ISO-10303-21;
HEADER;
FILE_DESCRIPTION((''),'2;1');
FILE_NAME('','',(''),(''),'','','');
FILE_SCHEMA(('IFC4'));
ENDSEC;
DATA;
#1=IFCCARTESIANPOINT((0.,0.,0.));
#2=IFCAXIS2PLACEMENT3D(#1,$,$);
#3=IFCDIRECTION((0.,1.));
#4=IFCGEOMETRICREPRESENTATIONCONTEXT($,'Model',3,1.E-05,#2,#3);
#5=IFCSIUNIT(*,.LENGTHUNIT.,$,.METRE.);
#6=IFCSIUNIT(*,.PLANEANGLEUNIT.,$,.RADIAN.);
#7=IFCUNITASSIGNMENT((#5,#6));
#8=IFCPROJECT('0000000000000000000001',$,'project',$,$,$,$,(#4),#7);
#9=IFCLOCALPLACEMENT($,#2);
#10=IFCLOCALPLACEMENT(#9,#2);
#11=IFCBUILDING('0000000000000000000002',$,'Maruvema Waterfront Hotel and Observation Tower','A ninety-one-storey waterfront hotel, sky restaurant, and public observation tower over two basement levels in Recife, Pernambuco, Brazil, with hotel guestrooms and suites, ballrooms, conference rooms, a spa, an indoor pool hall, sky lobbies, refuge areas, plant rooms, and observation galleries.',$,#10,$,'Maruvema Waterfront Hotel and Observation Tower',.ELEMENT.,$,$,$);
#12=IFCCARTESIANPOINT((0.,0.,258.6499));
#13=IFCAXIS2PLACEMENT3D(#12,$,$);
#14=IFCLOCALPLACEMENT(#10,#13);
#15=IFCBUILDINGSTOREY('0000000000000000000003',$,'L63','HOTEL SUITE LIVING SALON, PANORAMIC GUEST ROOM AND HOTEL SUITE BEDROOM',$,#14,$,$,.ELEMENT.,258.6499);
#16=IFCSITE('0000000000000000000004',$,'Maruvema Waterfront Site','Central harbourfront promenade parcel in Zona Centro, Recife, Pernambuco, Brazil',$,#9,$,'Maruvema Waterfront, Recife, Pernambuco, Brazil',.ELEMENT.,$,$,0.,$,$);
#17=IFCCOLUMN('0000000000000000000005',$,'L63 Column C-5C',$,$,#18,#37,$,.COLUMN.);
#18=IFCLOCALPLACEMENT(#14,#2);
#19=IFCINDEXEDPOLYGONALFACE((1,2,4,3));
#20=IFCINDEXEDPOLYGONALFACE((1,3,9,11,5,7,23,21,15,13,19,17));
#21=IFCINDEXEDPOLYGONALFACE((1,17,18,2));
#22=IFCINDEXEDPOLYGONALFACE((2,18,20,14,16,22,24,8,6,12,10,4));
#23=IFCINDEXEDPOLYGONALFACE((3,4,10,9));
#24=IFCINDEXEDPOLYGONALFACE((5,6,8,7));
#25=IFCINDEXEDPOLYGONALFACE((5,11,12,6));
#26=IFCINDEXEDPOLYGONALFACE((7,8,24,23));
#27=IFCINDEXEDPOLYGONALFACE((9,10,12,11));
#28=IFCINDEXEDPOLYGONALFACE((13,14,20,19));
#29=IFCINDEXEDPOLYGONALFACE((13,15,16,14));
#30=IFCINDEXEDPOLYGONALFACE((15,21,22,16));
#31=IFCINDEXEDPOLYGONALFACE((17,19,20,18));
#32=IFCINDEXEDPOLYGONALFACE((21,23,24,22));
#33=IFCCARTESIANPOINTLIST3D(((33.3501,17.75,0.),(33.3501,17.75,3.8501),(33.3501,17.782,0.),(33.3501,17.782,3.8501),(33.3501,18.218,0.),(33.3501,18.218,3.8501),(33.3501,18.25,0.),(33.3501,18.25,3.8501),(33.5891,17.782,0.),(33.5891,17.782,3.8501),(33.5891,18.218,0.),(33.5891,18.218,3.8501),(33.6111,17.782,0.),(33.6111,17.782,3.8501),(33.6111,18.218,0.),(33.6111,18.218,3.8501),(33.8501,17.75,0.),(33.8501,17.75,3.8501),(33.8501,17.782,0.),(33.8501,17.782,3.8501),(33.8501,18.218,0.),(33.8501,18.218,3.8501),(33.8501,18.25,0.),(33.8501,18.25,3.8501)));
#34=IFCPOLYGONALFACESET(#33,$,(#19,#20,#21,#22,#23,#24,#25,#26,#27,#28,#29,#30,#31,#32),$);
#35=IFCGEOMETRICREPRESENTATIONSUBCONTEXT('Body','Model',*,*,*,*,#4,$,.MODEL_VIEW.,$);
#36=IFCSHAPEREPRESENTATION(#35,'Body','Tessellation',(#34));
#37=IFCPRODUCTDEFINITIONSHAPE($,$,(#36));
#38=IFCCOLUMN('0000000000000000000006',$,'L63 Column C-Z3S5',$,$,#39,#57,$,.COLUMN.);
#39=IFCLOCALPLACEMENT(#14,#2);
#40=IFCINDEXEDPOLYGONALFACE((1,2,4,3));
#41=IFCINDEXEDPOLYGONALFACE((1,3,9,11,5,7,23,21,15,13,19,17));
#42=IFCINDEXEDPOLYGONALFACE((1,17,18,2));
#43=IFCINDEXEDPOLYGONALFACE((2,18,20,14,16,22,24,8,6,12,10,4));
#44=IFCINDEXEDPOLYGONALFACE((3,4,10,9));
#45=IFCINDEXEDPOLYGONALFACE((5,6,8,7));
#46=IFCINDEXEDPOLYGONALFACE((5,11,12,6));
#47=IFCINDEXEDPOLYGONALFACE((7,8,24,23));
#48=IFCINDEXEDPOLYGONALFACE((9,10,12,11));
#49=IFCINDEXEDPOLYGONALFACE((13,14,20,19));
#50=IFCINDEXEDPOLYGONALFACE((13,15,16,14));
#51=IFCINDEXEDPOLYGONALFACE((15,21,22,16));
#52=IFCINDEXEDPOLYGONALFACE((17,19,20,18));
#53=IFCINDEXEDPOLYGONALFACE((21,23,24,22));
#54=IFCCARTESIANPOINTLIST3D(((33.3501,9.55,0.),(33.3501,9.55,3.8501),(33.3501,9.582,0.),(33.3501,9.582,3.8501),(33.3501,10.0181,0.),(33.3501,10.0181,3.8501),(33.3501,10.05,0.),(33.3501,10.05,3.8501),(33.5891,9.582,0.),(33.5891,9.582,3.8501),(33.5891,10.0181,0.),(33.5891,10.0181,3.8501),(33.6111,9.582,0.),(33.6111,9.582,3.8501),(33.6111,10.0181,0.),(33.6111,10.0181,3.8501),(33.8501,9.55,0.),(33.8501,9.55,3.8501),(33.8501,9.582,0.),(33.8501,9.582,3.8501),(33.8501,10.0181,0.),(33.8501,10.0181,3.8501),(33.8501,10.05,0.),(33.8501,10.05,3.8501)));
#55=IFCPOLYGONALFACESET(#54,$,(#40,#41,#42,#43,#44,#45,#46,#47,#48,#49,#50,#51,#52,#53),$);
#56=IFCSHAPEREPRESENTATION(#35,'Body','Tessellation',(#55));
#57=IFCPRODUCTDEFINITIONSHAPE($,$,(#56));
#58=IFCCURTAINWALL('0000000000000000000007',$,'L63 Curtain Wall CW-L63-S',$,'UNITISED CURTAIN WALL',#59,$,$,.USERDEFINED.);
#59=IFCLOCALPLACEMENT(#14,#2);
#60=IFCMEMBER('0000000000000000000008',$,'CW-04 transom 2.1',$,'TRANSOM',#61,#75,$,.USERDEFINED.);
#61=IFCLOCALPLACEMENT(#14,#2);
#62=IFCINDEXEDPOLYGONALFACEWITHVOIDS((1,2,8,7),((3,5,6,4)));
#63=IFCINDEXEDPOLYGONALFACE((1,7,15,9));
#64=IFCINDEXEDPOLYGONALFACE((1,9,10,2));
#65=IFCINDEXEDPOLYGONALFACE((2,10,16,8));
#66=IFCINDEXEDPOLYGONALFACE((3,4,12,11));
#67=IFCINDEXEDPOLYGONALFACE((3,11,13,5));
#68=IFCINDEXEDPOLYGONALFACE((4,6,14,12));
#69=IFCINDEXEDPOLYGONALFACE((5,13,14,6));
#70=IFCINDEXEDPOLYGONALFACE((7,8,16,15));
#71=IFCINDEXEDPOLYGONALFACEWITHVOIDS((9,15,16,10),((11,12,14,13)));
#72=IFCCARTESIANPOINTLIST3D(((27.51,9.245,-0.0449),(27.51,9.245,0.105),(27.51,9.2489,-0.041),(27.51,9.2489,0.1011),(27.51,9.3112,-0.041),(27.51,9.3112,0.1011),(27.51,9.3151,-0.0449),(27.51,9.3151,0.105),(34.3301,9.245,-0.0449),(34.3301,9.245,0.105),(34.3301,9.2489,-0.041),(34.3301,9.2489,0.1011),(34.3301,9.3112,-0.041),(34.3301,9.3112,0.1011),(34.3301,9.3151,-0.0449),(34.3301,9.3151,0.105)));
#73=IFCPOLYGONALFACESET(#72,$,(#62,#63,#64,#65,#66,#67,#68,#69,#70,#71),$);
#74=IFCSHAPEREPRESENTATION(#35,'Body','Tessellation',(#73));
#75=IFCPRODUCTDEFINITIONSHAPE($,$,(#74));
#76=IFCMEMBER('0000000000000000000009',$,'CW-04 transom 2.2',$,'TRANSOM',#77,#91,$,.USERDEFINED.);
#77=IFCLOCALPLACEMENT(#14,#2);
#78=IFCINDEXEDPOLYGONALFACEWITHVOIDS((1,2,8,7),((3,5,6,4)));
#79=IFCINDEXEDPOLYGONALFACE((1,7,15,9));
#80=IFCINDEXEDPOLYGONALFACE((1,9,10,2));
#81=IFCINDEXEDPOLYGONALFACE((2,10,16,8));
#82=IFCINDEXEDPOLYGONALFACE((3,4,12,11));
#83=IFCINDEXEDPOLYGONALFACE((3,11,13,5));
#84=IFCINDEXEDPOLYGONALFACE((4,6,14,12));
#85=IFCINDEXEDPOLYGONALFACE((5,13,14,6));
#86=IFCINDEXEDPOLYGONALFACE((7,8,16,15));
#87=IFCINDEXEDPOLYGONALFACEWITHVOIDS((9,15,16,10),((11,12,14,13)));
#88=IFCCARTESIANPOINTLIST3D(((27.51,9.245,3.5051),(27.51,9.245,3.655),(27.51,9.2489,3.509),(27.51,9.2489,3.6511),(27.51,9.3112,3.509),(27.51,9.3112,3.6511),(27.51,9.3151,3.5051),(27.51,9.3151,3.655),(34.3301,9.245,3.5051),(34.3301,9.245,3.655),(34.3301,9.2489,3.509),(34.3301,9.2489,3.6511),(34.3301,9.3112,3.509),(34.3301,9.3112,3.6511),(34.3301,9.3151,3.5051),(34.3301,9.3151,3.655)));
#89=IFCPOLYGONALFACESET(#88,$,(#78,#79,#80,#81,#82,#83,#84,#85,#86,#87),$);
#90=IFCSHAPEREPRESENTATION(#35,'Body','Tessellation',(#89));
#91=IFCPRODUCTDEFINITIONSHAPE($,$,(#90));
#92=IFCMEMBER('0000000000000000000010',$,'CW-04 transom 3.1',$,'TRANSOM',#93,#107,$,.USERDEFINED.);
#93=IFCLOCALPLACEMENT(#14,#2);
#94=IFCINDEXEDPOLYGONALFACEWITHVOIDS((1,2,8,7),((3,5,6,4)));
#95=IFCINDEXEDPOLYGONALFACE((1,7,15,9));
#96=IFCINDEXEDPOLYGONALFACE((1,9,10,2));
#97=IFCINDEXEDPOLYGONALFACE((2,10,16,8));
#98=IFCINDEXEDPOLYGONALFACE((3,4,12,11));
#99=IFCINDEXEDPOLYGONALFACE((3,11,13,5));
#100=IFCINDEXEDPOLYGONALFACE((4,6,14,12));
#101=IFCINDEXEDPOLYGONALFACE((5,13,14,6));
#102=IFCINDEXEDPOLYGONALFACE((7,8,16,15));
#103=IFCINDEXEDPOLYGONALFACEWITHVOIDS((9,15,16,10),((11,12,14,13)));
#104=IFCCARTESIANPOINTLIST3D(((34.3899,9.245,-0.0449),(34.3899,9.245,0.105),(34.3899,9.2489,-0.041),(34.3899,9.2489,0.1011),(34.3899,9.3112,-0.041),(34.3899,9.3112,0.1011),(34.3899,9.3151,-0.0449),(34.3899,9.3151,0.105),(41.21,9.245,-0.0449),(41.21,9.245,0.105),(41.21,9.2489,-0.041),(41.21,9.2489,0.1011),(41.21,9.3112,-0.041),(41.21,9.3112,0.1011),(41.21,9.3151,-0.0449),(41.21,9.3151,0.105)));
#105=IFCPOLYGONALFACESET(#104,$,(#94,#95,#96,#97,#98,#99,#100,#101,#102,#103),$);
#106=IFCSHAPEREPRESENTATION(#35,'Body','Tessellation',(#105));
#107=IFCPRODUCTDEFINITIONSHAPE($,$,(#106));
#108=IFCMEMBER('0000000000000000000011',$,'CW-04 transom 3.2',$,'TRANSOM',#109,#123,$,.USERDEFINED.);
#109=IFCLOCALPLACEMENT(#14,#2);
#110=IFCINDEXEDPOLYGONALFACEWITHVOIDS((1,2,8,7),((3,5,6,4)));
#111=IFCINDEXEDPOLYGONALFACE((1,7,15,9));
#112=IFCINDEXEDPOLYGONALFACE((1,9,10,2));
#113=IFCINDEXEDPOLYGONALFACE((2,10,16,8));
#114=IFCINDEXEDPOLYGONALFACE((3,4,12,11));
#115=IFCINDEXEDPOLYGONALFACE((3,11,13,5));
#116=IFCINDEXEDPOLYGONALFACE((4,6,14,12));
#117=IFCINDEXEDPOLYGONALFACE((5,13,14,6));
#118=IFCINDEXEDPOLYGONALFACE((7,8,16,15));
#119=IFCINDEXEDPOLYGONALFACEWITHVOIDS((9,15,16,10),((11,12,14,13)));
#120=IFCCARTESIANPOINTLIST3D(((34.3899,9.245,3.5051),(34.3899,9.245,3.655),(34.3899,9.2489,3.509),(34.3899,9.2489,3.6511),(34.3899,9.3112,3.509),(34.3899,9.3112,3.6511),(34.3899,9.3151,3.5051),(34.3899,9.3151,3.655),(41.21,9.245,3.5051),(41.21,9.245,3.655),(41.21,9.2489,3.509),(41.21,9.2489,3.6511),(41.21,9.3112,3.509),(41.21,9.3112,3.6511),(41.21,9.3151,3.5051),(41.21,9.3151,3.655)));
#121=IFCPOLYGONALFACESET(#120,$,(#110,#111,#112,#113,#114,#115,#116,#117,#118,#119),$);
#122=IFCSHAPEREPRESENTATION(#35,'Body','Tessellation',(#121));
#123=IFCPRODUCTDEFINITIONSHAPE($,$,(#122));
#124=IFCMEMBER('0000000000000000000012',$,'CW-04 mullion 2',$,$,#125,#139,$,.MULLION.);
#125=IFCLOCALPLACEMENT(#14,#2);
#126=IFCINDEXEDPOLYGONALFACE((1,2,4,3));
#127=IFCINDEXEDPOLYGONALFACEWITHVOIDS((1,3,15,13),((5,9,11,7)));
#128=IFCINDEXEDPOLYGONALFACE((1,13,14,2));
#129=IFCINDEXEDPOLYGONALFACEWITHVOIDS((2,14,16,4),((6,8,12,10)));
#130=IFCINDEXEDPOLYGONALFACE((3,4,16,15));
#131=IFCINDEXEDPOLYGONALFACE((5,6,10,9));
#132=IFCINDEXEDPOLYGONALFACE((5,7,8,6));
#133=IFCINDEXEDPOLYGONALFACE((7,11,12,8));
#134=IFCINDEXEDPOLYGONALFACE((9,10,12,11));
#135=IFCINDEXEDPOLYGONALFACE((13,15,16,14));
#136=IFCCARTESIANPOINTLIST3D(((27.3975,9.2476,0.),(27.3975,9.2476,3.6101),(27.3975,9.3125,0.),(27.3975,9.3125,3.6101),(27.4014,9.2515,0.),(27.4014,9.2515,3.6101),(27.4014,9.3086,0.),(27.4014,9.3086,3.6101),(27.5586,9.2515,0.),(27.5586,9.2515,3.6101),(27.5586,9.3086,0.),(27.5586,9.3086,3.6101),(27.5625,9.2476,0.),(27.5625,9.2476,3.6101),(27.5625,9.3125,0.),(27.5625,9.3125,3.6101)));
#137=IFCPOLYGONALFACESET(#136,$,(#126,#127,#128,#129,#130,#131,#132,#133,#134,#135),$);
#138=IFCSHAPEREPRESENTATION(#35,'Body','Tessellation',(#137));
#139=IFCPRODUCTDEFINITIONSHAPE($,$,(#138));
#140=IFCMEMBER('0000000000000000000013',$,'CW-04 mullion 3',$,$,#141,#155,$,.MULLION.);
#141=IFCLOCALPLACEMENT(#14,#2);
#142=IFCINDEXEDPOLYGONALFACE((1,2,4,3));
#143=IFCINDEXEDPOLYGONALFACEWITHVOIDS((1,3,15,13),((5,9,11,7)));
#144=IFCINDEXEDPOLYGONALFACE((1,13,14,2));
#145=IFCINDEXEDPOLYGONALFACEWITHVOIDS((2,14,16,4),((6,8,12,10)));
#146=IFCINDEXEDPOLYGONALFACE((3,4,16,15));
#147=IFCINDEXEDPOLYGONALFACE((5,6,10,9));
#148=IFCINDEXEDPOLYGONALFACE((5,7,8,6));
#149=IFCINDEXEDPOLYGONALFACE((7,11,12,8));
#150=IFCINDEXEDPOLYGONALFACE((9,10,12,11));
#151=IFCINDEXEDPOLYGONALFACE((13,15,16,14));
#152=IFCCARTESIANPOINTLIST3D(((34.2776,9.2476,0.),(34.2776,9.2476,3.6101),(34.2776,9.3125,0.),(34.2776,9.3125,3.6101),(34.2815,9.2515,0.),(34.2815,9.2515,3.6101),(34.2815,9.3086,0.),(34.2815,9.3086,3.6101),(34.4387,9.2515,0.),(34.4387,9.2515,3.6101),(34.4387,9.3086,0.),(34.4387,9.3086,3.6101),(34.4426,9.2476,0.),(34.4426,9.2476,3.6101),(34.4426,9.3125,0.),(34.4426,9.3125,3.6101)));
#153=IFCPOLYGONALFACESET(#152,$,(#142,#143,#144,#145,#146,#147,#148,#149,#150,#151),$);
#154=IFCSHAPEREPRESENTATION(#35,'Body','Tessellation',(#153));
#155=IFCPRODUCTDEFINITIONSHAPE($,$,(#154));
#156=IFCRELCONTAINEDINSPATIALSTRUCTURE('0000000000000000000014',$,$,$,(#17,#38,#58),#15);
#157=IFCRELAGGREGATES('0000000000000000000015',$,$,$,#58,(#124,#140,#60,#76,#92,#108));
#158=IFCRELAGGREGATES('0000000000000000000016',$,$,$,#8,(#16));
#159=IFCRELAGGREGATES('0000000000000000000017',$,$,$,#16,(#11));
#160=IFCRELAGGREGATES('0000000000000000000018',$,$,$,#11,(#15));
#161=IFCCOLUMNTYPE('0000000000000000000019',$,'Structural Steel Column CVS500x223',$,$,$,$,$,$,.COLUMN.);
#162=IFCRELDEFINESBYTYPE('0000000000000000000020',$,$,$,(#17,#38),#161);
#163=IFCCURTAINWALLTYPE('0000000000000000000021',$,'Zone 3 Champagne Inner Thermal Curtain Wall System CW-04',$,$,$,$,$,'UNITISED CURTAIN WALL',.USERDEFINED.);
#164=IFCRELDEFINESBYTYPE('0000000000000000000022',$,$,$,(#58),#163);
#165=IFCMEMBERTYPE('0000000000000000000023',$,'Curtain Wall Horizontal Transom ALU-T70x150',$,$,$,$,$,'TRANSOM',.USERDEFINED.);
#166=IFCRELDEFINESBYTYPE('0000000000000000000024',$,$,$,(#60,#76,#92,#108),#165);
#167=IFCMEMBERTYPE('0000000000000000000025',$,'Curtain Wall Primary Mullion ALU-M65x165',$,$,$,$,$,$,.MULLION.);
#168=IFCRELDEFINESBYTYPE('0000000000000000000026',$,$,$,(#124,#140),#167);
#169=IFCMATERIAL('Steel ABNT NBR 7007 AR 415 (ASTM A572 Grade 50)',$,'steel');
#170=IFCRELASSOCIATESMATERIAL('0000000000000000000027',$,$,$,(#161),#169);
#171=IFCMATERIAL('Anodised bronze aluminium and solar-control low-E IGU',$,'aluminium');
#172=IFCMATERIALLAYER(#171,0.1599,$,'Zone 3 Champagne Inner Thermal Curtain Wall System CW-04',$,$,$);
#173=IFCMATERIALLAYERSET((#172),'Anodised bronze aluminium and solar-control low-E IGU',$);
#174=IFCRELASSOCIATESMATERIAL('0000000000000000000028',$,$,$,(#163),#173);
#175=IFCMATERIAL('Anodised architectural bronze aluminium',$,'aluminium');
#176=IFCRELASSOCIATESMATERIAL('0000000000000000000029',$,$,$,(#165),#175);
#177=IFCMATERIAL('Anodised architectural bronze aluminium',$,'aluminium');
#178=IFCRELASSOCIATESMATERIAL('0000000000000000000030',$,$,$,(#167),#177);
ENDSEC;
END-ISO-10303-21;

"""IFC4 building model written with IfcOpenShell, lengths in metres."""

from ifc_helpers import new_model, si_unit, direction, frame, origin, origin_2d, place, context, subcontext, project, spatial, hollow_rectangle, i_section, extrude, material, layer, layer_set, material_profile, profile_set, type_object, element, aggregate, save


model = new_model("IFC4")

# Units and contexts
model_context = context("Model", 3, precision=1e-05, world=origin(), true_north=direction((0.0, 1.0)))
body_context = subcontext(model_context, "Body", "Model", "MODEL_VIEW")
ifc_project = project(units=[si_unit("LENGTHUNIT", "METRE"), si_unit("PLANEANGLEUNIT", "RADIAN")], contexts=[model_context])

# Site, building, storey
site_placement = place(None, origin())
site = spatial("IfcSite", under=ifc_project, at=site_placement, Name="Maruvema Waterfront Site", Description="Central harbourfront promenade parcel in Zona Centro, Recife, Pernambuco, Brazil", LongName="Maruvema Waterfront, Recife, Pernambuco, Brazil", CompositionType="ELEMENT", RefElevation=0.0)
building_placement = place(site_placement, origin())
building = spatial("IfcBuilding", under=site, at=building_placement, Name="Maruvema Waterfront Hotel and Observation Tower", Description="A ninety-one-storey waterfront hotel, sky restaurant, and public observation tower over two basement levels in Recife, Pernambuco, Brazil, with hotel guestrooms and suites, ballrooms, conference rooms, a spa, an indoor pool hall, sky lobbies, refuge areas, plant rooms, and observation galleries.", LongName="Maruvema Waterfront Hotel and Observation Tower", CompositionType="ELEMENT")
storey_placement = place(building_placement, frame((0.0, 0.0, 258.6499)))
storey = spatial("IfcBuildingStorey", under=building, at=storey_placement, Name="L63", Description="HOTEL SUITE LIVING SALON, PANORAMIC GUEST ROOM AND HOTEL SUITE BEDROOM", CompositionType="ELEMENT", Elevation=258.6499)

# Columns
ifc_material_1 = material(Name="Steel ABNT NBR 7007 AR 415 (ASTM A572 Grade 50)", Category="steel")
ifc_material_profile_1 = material_profile(ifc_material_1, i_section(OverallWidth=0.5, OverallDepth=0.5, WebThickness=0.022, FlangeThickness=0.032, at=origin_2d()), Name="CVS500x223")
ifc_profile_set_1 = profile_set([ifc_material_profile_1], Name="Steel ABNT NBR 7007 AR 415 (ASTM A572 Grade 50)")
column_type = type_object("IfcColumnType", Name="Structural Steel Column CVS500x223", PredefinedType="COLUMN", material=ifc_profile_set_1)
for number, where, z_axis, x_axis, name in (
    (1, (33.6001, 18.0, 0.0), (0.0, 0.0, 1.0), (1.0, 0.0, 0.0), "L63 Column C-5C"),
    (2, (33.6001, 9.8, 0.0), (0.0, 0.0, 1.0), (1.0, 0.0, 0.0), "L63 Column C-Z3S5"),
):
    element("IfcColumn", number, at=place(storey_placement, frame(where, z_axis=z_axis, x_axis=x_axis)), inside=storey, type_object=column_type, Name=name, PredefinedType="COLUMN", context=body_context, shape_type="SweptSolid", body=[
        extrude(i_section(OverallWidth=0.5, OverallDepth=0.5, WebThickness=0.022, FlangeThickness=0.032, at=origin_2d()), origin(), (0.0, 0.0, 1.0), 3.8501),
    ])

# Curtain wall, members
ifc_material_2 = material(Name="Anodised bronze aluminium and solar-control low-E IGU", Category="aluminium")
ifc_layer_1 = layer(ifc_material_2, 0.1599, Name="Zone 3 Champagne Inner Thermal Curtain Wall System CW-04")
ifc_layer_set_1 = layer_set([ifc_layer_1], Name="Anodised bronze aluminium and solar-control low-E IGU")
curtain_wall_type = type_object("IfcCurtainWallType", Name="Zone 3 Champagne Inner Thermal Curtain Wall System CW-04", ElementType="UNITISED CURTAIN WALL", PredefinedType="USERDEFINED", material=ifc_layer_set_1)
curtain_wall_placement = place(storey_placement, origin())
curtain_wall = element("IfcCurtainWall", 3, at=curtain_wall_placement, inside=storey, type_object=curtain_wall_type, Name="L63 Curtain Wall CW-L63-S", ObjectType="UNITISED CURTAIN WALL", PredefinedType="USERDEFINED")
ifc_material_3 = material(Name="Anodised architectural bronze aluminium", Category="aluminium")
ifc_material_profile_2 = material_profile(ifc_material_3, hollow_rectangle(XDim=0.0701, YDim=0.1499, WallThickness=0.0039, at=origin_2d()), Name="ALU-T70x150")
ifc_profile_set_2 = profile_set([ifc_material_profile_2], Name="Anodised architectural bronze aluminium")
member_type_1 = type_object("IfcMemberType", Name="Curtain Wall Horizontal Transom ALU-T70x150", ElementType="TRANSOM", PredefinedType="USERDEFINED", material=ifc_profile_set_2)
member_1_placement = place(storey_placement, frame((27.51, 9.28, 0.03), z_axis=(1.0, 0.0, 0.0), x_axis=(0.0, 1.0, 0.0)))
member_1 = element("IfcMember", 4, at=member_1_placement, type_object=member_type_1, Name="CW-04 transom 2.1", ObjectType="TRANSOM", PredefinedType="USERDEFINED", context=body_context, shape_type="SweptSolid", body=[
    extrude(hollow_rectangle(XDim=0.0701, YDim=0.1499, WallThickness=0.0039, at=origin_2d()), origin(), (0.0, 0.0, 1.0), 6.8201),
])
member_2_placement = place(storey_placement, frame((27.51, 9.28, 3.5801), z_axis=(1.0, 0.0, 0.0), x_axis=(0.0, 1.0, 0.0)))
member_2 = element("IfcMember", 5, at=member_2_placement, type_object=member_type_1, Name="CW-04 transom 2.2", ObjectType="TRANSOM", PredefinedType="USERDEFINED", context=body_context, shape_type="SweptSolid", body=[
    extrude(hollow_rectangle(XDim=0.0701, YDim=0.1499, WallThickness=0.0039, at=origin_2d()), origin(), (0.0, 0.0, 1.0), 6.8201),
])
member_3_placement = place(storey_placement, frame((34.3899, 9.28, 0.03), z_axis=(1.0, 0.0, 0.0), x_axis=(0.0, 1.0, 0.0)))
member_3 = element("IfcMember", 6, at=member_3_placement, type_object=member_type_1, Name="CW-04 transom 3.1", ObjectType="TRANSOM", PredefinedType="USERDEFINED", context=body_context, shape_type="SweptSolid", body=[
    extrude(hollow_rectangle(XDim=0.0701, YDim=0.1499, WallThickness=0.0039, at=origin_2d()), origin(), (0.0, 0.0, 1.0), 6.8201),
])
member_4_placement = place(storey_placement, frame((34.3899, 9.28, 3.5801), z_axis=(1.0, 0.0, 0.0), x_axis=(0.0, 1.0, 0.0)))
member_4 = element("IfcMember", 7, at=member_4_placement, type_object=member_type_1, Name="CW-04 transom 3.2", ObjectType="TRANSOM", PredefinedType="USERDEFINED", context=body_context, shape_type="SweptSolid", body=[
    extrude(hollow_rectangle(XDim=0.0701, YDim=0.1499, WallThickness=0.0039, at=origin_2d()), origin(), (0.0, 0.0, 1.0), 6.8201),
])
ifc_material_4 = material(Name="Anodised architectural bronze aluminium", Category="aluminium")
ifc_material_profile_3 = material_profile(ifc_material_4, hollow_rectangle(XDim=0.0649, YDim=0.165, WallThickness=0.0039, at=origin_2d()), Name="ALU-M65x165")
ifc_profile_set_3 = profile_set([ifc_material_profile_3], Name="Anodised architectural bronze aluminium")
member_type_2 = type_object("IfcMemberType", Name="Curtain Wall Primary Mullion ALU-M65x165", PredefinedType="MULLION", material=ifc_profile_set_3)
member_5_placement = place(storey_placement, frame((27.48, 9.28, 0.0), z_axis=(0.0, 0.0, 1.0), x_axis=(0.0, 1.0, 0.0)))
member_5 = element("IfcMember", 8, at=member_5_placement, type_object=member_type_2, Name="CW-04 mullion 2", PredefinedType="MULLION", context=body_context, shape_type="SweptSolid", body=[
    extrude(hollow_rectangle(XDim=0.0649, YDim=0.165, WallThickness=0.0039, at=origin_2d()), origin(), (0.0, 0.0, 1.0), 3.6101),
])
member_6_placement = place(storey_placement, frame((34.3601, 9.28, 0.0), z_axis=(0.0, 0.0, 1.0), x_axis=(0.0, 1.0, 0.0)))
member_6 = element("IfcMember", 9, at=member_6_placement, type_object=member_type_2, Name="CW-04 mullion 3", PredefinedType="MULLION", context=body_context, shape_type="SweptSolid", body=[
    extrude(hollow_rectangle(XDim=0.0649, YDim=0.165, WallThickness=0.0039, at=origin_2d()), origin(), (0.0, 0.0, 1.0), 3.6101),
])

aggregate(curtain_wall, [member_5, member_6, member_1, member_2, member_3, member_4])

save(model, "model.ifc")
